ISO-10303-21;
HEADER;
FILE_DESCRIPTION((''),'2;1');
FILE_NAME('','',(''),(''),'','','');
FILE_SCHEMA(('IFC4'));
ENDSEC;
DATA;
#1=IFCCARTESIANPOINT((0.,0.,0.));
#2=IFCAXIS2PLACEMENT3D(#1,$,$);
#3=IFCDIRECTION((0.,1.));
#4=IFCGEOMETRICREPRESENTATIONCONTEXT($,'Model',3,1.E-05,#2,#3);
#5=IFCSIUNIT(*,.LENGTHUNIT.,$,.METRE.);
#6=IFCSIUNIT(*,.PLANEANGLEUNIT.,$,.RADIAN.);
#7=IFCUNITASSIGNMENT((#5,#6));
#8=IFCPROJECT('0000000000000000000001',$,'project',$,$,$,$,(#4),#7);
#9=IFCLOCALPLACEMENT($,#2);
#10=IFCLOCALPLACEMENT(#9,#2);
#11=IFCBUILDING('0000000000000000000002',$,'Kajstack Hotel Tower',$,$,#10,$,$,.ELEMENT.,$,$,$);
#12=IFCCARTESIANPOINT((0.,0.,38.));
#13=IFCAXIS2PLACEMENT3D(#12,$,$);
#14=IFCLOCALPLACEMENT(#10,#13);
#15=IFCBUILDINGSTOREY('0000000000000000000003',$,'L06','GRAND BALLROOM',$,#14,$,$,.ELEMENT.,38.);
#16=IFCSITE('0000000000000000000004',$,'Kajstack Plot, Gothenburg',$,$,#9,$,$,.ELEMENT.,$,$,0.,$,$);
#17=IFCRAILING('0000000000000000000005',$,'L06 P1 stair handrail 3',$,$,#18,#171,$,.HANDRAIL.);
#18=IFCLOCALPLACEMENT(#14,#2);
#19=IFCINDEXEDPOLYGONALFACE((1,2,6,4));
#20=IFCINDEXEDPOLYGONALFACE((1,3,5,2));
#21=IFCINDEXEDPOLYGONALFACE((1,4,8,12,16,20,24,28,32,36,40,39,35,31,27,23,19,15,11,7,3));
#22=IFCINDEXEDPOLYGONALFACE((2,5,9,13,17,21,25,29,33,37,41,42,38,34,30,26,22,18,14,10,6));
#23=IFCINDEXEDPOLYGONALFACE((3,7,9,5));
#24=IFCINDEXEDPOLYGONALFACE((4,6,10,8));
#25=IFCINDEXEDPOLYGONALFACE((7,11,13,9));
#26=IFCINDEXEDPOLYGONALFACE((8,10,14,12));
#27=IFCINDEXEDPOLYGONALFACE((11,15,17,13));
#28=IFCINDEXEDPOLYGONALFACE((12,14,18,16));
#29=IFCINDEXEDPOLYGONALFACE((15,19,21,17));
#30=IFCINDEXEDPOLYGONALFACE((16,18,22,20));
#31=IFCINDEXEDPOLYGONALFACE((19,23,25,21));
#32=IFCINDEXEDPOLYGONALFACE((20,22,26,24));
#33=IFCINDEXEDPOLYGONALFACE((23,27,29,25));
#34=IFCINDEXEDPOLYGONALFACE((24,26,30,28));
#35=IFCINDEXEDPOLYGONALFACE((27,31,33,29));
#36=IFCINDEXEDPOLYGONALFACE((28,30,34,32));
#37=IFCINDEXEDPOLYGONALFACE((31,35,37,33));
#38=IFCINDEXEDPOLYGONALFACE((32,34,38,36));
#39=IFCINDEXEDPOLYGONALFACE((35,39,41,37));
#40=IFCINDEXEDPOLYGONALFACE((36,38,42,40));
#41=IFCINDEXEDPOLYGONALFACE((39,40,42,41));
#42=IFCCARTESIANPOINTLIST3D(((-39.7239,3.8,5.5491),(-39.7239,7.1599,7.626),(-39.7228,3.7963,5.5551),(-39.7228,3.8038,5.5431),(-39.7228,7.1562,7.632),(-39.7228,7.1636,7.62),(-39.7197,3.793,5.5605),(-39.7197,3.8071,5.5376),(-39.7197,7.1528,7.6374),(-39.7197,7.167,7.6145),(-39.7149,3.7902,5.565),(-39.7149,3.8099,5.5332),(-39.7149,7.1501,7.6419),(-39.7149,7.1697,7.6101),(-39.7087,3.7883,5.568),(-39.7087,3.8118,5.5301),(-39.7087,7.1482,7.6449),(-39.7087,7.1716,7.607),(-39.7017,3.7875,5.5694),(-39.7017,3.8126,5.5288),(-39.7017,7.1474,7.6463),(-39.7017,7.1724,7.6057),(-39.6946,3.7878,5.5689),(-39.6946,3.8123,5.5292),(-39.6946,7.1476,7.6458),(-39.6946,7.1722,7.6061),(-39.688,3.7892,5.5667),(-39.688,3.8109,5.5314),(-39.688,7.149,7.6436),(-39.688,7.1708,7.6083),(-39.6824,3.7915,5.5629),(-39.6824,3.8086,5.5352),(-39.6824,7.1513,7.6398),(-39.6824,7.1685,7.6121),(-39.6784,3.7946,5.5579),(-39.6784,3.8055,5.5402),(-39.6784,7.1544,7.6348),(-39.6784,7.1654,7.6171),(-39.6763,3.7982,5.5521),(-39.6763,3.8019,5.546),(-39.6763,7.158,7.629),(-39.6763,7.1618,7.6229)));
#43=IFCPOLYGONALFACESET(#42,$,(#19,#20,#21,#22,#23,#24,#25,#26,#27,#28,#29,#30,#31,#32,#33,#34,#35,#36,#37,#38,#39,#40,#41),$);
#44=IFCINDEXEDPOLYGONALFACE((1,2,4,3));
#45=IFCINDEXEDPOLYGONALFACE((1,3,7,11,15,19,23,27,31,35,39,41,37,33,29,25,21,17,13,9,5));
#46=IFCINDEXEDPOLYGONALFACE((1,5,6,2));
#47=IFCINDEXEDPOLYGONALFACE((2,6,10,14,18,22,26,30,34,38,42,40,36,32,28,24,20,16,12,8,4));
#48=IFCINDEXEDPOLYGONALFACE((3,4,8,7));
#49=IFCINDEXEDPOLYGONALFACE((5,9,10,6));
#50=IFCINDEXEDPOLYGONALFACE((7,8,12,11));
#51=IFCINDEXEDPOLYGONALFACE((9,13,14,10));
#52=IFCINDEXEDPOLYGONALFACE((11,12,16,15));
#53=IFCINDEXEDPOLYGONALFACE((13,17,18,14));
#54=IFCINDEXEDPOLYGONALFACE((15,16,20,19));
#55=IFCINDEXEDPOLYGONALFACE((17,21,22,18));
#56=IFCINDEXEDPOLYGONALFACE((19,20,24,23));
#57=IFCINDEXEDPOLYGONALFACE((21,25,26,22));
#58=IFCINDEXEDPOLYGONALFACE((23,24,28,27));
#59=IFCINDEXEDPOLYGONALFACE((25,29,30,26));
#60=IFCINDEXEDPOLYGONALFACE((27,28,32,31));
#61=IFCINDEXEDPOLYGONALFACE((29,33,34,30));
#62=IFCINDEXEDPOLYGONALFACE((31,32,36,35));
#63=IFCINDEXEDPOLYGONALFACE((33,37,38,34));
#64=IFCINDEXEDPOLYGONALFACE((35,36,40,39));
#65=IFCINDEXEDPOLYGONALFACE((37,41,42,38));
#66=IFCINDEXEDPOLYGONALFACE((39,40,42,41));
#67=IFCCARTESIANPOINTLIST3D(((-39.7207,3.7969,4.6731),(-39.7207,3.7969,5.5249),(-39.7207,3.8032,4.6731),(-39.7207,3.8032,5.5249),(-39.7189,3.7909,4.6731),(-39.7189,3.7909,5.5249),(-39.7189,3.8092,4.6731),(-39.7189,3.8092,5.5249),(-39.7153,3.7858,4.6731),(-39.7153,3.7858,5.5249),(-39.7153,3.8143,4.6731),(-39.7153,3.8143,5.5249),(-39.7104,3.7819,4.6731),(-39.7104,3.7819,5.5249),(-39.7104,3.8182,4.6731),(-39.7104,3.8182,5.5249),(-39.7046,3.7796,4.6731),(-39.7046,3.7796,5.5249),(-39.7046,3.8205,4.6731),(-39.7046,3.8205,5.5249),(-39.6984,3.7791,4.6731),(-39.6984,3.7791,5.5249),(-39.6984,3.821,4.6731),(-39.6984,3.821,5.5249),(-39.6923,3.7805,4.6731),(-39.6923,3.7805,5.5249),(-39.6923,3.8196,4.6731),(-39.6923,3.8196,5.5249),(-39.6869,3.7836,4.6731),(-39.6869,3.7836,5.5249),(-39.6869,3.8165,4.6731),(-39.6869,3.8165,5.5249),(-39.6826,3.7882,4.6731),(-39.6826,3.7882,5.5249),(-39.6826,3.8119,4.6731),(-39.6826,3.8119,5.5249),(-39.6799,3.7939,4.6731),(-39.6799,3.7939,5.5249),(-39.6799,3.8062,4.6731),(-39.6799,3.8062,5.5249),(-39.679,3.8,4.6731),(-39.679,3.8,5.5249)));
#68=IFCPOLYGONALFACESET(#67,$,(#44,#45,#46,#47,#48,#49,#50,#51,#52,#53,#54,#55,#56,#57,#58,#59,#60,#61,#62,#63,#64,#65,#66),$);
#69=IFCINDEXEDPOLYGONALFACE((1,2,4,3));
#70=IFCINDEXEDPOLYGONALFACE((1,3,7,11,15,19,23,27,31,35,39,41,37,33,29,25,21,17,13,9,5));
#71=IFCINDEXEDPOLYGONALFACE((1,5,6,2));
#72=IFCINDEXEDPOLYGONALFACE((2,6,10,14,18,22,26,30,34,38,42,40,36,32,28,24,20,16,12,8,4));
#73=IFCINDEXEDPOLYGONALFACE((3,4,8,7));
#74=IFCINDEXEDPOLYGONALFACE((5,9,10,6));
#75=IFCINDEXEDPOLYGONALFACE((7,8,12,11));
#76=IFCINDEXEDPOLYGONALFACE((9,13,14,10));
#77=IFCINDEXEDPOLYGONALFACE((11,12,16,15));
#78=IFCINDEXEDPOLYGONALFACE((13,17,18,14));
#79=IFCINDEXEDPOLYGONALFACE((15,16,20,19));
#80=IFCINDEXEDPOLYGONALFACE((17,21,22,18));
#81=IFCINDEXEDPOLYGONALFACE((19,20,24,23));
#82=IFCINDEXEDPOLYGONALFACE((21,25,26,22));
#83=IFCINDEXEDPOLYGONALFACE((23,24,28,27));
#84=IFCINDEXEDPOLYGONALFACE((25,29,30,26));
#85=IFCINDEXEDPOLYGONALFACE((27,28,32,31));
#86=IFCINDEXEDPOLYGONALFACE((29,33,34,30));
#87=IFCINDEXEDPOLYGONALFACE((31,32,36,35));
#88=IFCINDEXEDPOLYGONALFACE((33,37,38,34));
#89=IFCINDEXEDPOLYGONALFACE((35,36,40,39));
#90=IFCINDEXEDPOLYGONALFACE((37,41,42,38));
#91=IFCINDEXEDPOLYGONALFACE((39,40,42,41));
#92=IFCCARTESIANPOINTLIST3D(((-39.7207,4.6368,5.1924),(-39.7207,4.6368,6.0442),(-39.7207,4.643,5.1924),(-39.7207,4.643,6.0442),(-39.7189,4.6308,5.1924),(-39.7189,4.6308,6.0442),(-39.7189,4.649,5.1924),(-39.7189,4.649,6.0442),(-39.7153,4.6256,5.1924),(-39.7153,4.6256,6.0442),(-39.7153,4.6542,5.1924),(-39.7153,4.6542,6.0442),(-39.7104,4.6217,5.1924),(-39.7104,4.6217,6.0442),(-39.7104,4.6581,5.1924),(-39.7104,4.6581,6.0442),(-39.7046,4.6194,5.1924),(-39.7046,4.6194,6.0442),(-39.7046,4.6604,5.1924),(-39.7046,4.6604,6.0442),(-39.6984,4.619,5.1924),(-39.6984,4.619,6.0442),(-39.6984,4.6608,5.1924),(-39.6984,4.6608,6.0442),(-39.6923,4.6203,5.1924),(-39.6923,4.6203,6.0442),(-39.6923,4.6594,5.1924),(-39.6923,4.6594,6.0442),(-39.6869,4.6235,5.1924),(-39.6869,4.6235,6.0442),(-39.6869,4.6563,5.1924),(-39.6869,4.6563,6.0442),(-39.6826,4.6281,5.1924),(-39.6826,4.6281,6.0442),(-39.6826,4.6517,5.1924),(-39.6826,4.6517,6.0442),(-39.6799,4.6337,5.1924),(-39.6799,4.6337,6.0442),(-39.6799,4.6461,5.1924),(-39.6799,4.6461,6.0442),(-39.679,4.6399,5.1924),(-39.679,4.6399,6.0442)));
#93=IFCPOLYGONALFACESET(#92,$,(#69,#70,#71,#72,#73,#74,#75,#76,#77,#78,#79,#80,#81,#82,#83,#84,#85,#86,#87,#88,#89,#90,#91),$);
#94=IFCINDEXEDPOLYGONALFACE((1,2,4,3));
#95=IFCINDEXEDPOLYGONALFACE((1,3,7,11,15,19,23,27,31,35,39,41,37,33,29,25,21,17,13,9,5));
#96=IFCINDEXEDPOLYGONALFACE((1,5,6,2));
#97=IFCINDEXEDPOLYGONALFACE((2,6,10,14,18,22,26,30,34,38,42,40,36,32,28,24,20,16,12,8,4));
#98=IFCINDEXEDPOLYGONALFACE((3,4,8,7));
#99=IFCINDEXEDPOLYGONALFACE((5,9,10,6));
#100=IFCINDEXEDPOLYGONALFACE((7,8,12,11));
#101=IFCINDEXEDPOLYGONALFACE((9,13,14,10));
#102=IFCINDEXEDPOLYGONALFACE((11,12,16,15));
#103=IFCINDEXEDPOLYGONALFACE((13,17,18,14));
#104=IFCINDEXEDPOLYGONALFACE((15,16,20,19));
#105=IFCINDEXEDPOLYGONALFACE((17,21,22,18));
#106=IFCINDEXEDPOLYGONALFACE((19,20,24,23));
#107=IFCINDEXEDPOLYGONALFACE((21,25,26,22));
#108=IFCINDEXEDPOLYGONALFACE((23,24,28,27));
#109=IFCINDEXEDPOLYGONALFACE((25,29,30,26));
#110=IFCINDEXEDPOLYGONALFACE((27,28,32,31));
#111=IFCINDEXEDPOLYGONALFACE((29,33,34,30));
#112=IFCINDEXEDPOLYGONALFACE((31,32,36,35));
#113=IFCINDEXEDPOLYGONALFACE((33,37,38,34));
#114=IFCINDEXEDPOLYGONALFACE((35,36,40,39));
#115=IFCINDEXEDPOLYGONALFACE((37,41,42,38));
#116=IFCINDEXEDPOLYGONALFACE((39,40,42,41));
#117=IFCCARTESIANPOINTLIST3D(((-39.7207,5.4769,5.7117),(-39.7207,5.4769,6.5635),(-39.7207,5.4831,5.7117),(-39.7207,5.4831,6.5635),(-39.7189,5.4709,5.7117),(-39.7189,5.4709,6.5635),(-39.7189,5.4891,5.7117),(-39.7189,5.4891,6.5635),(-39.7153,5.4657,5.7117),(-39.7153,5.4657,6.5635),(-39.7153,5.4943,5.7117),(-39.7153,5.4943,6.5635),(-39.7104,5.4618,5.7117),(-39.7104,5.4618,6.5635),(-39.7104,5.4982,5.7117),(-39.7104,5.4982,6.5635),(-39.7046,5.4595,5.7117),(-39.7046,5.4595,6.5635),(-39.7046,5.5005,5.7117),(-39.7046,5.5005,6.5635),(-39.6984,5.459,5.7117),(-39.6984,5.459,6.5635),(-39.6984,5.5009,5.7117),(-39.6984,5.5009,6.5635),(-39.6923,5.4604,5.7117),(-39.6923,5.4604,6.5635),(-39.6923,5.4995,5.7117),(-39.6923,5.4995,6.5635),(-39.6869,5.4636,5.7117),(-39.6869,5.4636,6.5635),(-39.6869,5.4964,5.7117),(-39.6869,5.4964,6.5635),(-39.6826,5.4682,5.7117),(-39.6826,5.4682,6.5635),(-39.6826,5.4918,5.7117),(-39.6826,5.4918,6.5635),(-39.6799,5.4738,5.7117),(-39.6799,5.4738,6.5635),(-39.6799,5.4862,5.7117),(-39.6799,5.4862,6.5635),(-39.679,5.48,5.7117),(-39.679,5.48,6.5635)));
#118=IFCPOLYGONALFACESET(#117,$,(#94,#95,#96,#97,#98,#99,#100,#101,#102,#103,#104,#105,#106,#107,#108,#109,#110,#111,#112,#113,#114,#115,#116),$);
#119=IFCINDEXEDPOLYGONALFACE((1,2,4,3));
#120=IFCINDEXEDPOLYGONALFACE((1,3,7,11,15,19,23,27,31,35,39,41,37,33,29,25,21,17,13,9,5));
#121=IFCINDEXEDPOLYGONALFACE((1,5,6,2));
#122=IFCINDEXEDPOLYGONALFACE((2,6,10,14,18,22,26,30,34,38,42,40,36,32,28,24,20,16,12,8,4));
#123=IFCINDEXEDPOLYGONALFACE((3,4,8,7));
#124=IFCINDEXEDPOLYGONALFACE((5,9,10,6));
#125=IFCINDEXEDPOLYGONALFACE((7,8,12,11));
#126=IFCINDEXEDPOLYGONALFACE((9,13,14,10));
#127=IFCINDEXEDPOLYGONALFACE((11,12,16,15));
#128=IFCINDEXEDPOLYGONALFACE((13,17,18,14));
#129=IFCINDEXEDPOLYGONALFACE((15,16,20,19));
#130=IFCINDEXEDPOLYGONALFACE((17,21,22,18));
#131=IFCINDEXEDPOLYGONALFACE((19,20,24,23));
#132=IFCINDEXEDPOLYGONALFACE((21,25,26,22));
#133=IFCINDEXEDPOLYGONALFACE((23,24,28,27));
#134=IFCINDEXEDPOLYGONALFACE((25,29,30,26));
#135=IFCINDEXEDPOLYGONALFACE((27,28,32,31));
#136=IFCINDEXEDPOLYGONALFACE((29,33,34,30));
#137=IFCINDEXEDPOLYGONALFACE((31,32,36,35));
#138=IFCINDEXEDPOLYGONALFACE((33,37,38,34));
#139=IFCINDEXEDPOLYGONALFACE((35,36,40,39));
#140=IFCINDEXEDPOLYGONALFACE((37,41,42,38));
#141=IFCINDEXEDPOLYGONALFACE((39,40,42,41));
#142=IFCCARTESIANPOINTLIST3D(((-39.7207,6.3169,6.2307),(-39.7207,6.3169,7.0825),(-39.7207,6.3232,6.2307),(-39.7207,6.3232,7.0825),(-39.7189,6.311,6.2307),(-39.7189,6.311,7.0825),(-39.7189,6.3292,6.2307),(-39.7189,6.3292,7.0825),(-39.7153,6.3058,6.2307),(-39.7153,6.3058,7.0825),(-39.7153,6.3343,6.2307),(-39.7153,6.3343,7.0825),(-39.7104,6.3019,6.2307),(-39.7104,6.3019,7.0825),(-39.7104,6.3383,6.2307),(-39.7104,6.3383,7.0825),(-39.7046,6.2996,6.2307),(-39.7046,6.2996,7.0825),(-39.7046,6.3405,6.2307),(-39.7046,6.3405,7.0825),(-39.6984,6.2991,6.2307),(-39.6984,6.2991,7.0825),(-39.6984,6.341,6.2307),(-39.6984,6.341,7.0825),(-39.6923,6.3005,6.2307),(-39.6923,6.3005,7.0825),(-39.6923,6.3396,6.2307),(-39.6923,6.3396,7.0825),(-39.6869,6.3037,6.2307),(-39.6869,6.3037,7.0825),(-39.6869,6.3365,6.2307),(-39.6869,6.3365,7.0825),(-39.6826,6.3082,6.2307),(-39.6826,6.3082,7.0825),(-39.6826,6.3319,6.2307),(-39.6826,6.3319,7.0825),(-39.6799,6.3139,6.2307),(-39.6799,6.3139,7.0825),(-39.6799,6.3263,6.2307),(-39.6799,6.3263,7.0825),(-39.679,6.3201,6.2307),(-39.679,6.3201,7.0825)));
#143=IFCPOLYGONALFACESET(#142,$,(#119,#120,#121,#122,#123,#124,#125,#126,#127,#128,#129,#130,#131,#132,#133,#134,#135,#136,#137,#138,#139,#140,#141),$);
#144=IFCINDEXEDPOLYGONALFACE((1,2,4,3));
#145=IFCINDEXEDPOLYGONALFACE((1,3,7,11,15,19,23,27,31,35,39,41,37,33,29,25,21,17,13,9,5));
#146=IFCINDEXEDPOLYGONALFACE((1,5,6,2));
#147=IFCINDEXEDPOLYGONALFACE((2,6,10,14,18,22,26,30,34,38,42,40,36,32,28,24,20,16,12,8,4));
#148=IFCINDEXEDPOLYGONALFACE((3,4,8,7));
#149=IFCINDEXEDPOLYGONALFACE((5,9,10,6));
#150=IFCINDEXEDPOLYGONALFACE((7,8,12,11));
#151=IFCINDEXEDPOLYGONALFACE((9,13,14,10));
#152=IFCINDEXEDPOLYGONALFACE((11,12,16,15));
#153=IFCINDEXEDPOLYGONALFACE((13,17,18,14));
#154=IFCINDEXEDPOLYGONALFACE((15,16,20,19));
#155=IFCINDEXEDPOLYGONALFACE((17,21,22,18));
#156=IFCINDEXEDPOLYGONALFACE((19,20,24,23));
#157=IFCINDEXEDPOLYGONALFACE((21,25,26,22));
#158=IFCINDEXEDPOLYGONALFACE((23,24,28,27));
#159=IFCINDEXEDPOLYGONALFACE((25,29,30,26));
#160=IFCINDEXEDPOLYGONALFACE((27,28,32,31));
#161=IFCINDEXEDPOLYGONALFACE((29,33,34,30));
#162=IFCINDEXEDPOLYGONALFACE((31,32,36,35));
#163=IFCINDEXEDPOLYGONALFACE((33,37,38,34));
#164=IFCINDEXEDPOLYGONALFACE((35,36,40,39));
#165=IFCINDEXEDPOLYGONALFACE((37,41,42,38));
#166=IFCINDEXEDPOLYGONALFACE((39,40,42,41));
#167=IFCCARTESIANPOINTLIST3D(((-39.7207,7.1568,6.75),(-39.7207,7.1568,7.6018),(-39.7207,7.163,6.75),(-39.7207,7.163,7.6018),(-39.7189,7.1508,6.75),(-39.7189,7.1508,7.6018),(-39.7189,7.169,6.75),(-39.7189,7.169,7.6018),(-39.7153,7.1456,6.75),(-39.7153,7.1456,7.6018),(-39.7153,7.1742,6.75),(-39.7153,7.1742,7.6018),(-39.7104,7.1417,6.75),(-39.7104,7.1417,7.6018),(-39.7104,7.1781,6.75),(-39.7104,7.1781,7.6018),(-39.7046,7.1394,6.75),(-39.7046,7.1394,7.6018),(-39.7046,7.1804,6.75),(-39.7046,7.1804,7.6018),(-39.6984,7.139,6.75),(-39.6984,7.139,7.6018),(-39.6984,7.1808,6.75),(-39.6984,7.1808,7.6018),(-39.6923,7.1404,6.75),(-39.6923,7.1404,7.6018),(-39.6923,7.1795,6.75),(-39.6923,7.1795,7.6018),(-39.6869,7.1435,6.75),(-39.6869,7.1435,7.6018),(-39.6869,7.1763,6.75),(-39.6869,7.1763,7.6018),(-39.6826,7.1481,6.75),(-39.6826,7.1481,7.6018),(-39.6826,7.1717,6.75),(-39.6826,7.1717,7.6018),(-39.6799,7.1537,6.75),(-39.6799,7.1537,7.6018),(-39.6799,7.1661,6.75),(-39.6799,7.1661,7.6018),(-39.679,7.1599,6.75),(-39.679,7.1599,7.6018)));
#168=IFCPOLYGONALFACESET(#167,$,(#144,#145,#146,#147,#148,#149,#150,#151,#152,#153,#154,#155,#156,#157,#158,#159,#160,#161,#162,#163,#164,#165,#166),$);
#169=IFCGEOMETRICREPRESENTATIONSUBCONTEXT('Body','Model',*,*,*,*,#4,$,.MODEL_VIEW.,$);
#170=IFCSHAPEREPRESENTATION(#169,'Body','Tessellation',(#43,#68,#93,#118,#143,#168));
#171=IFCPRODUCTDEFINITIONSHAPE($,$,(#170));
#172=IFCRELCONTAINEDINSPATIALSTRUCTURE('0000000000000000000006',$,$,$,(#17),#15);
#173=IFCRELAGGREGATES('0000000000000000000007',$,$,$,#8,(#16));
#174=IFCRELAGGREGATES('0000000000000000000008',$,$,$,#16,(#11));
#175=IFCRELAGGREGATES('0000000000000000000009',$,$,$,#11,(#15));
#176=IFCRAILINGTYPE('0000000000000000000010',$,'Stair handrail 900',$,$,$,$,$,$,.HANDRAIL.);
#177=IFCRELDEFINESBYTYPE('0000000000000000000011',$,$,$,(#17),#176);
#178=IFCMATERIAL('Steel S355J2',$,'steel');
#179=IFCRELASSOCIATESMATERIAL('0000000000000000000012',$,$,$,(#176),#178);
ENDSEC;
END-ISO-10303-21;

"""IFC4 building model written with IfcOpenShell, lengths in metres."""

from ifc_helpers import new_model, si_unit, direction, frame, origin, origin_2d, place, context, subcontext, project, spatial, circle, extrude, material, type_object, element, save


model = new_model("IFC4")

# Units and contexts
model_context = context("Model", 3, precision=1e-05, world=origin(), true_north=direction((0.0, 1.0)))
body_context = subcontext(model_context, "Body", "Model", "MODEL_VIEW")
ifc_project = project(units=[si_unit("LENGTHUNIT", "METRE"), si_unit("PLANEANGLEUNIT", "RADIAN")], contexts=[model_context])

# Site, building, storey
site_placement = place(None, origin())
site = spatial("IfcSite", under=ifc_project, at=site_placement, Name="Kajstack Plot, Gothenburg", CompositionType="ELEMENT", RefElevation=0.0)
building_placement = place(site_placement, origin())
building = spatial("IfcBuilding", under=site, at=building_placement, Name="Kajstack Hotel Tower", CompositionType="ELEMENT")
storey_placement = place(building_placement, frame((0.0, 0.0, 38.0)))
storey = spatial("IfcBuildingStorey", under=building, at=storey_placement, Name="L06", Description="GRAND BALLROOM", CompositionType="ELEMENT", Elevation=38.0)

# Railing
ifc_material_1 = material(Name="Steel S355J2", Category="steel")
railing_type_1 = type_object("IfcRailingType", Name="Stair handrail 900", PredefinedType="HANDRAIL", material=ifc_material_1)
for number, where, name in (
    (1, (-39.7, 3.8, 4.6731), "L06 P1 stair handrail 3"),
):
    element("IfcRailing", number, at=place(storey_placement, frame(where)), inside=storey, type_object=railing_type_1, Name=name, PredefinedType="HANDRAIL", context=body_context, shape_type="SweptSolid", body=[
        extrude(circle(Radius=0.0239, at=origin_2d()), frame((0.0, 0.0, 0.876), z_axis=(0.0, 0.850606, 0.525803), x_axis=(-1.0, 0.0, 0.0)), (0.0, 0.0, 1.0), 3.95),
        extrude(circle(Radius=0.021, at=origin_2d()), origin(), (0.0, 0.0, 1.0), 0.8518),
        extrude(circle(Radius=0.021, at=origin_2d()), frame((0.0, 0.8398, 0.5193)), (0.0, 0.0, 1.0), 0.8518),
        extrude(circle(Radius=0.021, at=origin_2d()), frame((0.0, 1.6799, 1.0386)), (0.0, 0.0, 1.0), 0.8518),
        extrude(circle(Radius=0.021, at=origin_2d()), frame((0.0, 2.52, 1.5576)), (0.0, 0.0, 1.0), 0.8518),
        extrude(circle(Radius=0.021, at=origin_2d()), frame((0.0, 3.3599, 2.0769)), (0.0, 0.0, 1.0), 0.8518),
    ])

save(model, "model.ifc")
